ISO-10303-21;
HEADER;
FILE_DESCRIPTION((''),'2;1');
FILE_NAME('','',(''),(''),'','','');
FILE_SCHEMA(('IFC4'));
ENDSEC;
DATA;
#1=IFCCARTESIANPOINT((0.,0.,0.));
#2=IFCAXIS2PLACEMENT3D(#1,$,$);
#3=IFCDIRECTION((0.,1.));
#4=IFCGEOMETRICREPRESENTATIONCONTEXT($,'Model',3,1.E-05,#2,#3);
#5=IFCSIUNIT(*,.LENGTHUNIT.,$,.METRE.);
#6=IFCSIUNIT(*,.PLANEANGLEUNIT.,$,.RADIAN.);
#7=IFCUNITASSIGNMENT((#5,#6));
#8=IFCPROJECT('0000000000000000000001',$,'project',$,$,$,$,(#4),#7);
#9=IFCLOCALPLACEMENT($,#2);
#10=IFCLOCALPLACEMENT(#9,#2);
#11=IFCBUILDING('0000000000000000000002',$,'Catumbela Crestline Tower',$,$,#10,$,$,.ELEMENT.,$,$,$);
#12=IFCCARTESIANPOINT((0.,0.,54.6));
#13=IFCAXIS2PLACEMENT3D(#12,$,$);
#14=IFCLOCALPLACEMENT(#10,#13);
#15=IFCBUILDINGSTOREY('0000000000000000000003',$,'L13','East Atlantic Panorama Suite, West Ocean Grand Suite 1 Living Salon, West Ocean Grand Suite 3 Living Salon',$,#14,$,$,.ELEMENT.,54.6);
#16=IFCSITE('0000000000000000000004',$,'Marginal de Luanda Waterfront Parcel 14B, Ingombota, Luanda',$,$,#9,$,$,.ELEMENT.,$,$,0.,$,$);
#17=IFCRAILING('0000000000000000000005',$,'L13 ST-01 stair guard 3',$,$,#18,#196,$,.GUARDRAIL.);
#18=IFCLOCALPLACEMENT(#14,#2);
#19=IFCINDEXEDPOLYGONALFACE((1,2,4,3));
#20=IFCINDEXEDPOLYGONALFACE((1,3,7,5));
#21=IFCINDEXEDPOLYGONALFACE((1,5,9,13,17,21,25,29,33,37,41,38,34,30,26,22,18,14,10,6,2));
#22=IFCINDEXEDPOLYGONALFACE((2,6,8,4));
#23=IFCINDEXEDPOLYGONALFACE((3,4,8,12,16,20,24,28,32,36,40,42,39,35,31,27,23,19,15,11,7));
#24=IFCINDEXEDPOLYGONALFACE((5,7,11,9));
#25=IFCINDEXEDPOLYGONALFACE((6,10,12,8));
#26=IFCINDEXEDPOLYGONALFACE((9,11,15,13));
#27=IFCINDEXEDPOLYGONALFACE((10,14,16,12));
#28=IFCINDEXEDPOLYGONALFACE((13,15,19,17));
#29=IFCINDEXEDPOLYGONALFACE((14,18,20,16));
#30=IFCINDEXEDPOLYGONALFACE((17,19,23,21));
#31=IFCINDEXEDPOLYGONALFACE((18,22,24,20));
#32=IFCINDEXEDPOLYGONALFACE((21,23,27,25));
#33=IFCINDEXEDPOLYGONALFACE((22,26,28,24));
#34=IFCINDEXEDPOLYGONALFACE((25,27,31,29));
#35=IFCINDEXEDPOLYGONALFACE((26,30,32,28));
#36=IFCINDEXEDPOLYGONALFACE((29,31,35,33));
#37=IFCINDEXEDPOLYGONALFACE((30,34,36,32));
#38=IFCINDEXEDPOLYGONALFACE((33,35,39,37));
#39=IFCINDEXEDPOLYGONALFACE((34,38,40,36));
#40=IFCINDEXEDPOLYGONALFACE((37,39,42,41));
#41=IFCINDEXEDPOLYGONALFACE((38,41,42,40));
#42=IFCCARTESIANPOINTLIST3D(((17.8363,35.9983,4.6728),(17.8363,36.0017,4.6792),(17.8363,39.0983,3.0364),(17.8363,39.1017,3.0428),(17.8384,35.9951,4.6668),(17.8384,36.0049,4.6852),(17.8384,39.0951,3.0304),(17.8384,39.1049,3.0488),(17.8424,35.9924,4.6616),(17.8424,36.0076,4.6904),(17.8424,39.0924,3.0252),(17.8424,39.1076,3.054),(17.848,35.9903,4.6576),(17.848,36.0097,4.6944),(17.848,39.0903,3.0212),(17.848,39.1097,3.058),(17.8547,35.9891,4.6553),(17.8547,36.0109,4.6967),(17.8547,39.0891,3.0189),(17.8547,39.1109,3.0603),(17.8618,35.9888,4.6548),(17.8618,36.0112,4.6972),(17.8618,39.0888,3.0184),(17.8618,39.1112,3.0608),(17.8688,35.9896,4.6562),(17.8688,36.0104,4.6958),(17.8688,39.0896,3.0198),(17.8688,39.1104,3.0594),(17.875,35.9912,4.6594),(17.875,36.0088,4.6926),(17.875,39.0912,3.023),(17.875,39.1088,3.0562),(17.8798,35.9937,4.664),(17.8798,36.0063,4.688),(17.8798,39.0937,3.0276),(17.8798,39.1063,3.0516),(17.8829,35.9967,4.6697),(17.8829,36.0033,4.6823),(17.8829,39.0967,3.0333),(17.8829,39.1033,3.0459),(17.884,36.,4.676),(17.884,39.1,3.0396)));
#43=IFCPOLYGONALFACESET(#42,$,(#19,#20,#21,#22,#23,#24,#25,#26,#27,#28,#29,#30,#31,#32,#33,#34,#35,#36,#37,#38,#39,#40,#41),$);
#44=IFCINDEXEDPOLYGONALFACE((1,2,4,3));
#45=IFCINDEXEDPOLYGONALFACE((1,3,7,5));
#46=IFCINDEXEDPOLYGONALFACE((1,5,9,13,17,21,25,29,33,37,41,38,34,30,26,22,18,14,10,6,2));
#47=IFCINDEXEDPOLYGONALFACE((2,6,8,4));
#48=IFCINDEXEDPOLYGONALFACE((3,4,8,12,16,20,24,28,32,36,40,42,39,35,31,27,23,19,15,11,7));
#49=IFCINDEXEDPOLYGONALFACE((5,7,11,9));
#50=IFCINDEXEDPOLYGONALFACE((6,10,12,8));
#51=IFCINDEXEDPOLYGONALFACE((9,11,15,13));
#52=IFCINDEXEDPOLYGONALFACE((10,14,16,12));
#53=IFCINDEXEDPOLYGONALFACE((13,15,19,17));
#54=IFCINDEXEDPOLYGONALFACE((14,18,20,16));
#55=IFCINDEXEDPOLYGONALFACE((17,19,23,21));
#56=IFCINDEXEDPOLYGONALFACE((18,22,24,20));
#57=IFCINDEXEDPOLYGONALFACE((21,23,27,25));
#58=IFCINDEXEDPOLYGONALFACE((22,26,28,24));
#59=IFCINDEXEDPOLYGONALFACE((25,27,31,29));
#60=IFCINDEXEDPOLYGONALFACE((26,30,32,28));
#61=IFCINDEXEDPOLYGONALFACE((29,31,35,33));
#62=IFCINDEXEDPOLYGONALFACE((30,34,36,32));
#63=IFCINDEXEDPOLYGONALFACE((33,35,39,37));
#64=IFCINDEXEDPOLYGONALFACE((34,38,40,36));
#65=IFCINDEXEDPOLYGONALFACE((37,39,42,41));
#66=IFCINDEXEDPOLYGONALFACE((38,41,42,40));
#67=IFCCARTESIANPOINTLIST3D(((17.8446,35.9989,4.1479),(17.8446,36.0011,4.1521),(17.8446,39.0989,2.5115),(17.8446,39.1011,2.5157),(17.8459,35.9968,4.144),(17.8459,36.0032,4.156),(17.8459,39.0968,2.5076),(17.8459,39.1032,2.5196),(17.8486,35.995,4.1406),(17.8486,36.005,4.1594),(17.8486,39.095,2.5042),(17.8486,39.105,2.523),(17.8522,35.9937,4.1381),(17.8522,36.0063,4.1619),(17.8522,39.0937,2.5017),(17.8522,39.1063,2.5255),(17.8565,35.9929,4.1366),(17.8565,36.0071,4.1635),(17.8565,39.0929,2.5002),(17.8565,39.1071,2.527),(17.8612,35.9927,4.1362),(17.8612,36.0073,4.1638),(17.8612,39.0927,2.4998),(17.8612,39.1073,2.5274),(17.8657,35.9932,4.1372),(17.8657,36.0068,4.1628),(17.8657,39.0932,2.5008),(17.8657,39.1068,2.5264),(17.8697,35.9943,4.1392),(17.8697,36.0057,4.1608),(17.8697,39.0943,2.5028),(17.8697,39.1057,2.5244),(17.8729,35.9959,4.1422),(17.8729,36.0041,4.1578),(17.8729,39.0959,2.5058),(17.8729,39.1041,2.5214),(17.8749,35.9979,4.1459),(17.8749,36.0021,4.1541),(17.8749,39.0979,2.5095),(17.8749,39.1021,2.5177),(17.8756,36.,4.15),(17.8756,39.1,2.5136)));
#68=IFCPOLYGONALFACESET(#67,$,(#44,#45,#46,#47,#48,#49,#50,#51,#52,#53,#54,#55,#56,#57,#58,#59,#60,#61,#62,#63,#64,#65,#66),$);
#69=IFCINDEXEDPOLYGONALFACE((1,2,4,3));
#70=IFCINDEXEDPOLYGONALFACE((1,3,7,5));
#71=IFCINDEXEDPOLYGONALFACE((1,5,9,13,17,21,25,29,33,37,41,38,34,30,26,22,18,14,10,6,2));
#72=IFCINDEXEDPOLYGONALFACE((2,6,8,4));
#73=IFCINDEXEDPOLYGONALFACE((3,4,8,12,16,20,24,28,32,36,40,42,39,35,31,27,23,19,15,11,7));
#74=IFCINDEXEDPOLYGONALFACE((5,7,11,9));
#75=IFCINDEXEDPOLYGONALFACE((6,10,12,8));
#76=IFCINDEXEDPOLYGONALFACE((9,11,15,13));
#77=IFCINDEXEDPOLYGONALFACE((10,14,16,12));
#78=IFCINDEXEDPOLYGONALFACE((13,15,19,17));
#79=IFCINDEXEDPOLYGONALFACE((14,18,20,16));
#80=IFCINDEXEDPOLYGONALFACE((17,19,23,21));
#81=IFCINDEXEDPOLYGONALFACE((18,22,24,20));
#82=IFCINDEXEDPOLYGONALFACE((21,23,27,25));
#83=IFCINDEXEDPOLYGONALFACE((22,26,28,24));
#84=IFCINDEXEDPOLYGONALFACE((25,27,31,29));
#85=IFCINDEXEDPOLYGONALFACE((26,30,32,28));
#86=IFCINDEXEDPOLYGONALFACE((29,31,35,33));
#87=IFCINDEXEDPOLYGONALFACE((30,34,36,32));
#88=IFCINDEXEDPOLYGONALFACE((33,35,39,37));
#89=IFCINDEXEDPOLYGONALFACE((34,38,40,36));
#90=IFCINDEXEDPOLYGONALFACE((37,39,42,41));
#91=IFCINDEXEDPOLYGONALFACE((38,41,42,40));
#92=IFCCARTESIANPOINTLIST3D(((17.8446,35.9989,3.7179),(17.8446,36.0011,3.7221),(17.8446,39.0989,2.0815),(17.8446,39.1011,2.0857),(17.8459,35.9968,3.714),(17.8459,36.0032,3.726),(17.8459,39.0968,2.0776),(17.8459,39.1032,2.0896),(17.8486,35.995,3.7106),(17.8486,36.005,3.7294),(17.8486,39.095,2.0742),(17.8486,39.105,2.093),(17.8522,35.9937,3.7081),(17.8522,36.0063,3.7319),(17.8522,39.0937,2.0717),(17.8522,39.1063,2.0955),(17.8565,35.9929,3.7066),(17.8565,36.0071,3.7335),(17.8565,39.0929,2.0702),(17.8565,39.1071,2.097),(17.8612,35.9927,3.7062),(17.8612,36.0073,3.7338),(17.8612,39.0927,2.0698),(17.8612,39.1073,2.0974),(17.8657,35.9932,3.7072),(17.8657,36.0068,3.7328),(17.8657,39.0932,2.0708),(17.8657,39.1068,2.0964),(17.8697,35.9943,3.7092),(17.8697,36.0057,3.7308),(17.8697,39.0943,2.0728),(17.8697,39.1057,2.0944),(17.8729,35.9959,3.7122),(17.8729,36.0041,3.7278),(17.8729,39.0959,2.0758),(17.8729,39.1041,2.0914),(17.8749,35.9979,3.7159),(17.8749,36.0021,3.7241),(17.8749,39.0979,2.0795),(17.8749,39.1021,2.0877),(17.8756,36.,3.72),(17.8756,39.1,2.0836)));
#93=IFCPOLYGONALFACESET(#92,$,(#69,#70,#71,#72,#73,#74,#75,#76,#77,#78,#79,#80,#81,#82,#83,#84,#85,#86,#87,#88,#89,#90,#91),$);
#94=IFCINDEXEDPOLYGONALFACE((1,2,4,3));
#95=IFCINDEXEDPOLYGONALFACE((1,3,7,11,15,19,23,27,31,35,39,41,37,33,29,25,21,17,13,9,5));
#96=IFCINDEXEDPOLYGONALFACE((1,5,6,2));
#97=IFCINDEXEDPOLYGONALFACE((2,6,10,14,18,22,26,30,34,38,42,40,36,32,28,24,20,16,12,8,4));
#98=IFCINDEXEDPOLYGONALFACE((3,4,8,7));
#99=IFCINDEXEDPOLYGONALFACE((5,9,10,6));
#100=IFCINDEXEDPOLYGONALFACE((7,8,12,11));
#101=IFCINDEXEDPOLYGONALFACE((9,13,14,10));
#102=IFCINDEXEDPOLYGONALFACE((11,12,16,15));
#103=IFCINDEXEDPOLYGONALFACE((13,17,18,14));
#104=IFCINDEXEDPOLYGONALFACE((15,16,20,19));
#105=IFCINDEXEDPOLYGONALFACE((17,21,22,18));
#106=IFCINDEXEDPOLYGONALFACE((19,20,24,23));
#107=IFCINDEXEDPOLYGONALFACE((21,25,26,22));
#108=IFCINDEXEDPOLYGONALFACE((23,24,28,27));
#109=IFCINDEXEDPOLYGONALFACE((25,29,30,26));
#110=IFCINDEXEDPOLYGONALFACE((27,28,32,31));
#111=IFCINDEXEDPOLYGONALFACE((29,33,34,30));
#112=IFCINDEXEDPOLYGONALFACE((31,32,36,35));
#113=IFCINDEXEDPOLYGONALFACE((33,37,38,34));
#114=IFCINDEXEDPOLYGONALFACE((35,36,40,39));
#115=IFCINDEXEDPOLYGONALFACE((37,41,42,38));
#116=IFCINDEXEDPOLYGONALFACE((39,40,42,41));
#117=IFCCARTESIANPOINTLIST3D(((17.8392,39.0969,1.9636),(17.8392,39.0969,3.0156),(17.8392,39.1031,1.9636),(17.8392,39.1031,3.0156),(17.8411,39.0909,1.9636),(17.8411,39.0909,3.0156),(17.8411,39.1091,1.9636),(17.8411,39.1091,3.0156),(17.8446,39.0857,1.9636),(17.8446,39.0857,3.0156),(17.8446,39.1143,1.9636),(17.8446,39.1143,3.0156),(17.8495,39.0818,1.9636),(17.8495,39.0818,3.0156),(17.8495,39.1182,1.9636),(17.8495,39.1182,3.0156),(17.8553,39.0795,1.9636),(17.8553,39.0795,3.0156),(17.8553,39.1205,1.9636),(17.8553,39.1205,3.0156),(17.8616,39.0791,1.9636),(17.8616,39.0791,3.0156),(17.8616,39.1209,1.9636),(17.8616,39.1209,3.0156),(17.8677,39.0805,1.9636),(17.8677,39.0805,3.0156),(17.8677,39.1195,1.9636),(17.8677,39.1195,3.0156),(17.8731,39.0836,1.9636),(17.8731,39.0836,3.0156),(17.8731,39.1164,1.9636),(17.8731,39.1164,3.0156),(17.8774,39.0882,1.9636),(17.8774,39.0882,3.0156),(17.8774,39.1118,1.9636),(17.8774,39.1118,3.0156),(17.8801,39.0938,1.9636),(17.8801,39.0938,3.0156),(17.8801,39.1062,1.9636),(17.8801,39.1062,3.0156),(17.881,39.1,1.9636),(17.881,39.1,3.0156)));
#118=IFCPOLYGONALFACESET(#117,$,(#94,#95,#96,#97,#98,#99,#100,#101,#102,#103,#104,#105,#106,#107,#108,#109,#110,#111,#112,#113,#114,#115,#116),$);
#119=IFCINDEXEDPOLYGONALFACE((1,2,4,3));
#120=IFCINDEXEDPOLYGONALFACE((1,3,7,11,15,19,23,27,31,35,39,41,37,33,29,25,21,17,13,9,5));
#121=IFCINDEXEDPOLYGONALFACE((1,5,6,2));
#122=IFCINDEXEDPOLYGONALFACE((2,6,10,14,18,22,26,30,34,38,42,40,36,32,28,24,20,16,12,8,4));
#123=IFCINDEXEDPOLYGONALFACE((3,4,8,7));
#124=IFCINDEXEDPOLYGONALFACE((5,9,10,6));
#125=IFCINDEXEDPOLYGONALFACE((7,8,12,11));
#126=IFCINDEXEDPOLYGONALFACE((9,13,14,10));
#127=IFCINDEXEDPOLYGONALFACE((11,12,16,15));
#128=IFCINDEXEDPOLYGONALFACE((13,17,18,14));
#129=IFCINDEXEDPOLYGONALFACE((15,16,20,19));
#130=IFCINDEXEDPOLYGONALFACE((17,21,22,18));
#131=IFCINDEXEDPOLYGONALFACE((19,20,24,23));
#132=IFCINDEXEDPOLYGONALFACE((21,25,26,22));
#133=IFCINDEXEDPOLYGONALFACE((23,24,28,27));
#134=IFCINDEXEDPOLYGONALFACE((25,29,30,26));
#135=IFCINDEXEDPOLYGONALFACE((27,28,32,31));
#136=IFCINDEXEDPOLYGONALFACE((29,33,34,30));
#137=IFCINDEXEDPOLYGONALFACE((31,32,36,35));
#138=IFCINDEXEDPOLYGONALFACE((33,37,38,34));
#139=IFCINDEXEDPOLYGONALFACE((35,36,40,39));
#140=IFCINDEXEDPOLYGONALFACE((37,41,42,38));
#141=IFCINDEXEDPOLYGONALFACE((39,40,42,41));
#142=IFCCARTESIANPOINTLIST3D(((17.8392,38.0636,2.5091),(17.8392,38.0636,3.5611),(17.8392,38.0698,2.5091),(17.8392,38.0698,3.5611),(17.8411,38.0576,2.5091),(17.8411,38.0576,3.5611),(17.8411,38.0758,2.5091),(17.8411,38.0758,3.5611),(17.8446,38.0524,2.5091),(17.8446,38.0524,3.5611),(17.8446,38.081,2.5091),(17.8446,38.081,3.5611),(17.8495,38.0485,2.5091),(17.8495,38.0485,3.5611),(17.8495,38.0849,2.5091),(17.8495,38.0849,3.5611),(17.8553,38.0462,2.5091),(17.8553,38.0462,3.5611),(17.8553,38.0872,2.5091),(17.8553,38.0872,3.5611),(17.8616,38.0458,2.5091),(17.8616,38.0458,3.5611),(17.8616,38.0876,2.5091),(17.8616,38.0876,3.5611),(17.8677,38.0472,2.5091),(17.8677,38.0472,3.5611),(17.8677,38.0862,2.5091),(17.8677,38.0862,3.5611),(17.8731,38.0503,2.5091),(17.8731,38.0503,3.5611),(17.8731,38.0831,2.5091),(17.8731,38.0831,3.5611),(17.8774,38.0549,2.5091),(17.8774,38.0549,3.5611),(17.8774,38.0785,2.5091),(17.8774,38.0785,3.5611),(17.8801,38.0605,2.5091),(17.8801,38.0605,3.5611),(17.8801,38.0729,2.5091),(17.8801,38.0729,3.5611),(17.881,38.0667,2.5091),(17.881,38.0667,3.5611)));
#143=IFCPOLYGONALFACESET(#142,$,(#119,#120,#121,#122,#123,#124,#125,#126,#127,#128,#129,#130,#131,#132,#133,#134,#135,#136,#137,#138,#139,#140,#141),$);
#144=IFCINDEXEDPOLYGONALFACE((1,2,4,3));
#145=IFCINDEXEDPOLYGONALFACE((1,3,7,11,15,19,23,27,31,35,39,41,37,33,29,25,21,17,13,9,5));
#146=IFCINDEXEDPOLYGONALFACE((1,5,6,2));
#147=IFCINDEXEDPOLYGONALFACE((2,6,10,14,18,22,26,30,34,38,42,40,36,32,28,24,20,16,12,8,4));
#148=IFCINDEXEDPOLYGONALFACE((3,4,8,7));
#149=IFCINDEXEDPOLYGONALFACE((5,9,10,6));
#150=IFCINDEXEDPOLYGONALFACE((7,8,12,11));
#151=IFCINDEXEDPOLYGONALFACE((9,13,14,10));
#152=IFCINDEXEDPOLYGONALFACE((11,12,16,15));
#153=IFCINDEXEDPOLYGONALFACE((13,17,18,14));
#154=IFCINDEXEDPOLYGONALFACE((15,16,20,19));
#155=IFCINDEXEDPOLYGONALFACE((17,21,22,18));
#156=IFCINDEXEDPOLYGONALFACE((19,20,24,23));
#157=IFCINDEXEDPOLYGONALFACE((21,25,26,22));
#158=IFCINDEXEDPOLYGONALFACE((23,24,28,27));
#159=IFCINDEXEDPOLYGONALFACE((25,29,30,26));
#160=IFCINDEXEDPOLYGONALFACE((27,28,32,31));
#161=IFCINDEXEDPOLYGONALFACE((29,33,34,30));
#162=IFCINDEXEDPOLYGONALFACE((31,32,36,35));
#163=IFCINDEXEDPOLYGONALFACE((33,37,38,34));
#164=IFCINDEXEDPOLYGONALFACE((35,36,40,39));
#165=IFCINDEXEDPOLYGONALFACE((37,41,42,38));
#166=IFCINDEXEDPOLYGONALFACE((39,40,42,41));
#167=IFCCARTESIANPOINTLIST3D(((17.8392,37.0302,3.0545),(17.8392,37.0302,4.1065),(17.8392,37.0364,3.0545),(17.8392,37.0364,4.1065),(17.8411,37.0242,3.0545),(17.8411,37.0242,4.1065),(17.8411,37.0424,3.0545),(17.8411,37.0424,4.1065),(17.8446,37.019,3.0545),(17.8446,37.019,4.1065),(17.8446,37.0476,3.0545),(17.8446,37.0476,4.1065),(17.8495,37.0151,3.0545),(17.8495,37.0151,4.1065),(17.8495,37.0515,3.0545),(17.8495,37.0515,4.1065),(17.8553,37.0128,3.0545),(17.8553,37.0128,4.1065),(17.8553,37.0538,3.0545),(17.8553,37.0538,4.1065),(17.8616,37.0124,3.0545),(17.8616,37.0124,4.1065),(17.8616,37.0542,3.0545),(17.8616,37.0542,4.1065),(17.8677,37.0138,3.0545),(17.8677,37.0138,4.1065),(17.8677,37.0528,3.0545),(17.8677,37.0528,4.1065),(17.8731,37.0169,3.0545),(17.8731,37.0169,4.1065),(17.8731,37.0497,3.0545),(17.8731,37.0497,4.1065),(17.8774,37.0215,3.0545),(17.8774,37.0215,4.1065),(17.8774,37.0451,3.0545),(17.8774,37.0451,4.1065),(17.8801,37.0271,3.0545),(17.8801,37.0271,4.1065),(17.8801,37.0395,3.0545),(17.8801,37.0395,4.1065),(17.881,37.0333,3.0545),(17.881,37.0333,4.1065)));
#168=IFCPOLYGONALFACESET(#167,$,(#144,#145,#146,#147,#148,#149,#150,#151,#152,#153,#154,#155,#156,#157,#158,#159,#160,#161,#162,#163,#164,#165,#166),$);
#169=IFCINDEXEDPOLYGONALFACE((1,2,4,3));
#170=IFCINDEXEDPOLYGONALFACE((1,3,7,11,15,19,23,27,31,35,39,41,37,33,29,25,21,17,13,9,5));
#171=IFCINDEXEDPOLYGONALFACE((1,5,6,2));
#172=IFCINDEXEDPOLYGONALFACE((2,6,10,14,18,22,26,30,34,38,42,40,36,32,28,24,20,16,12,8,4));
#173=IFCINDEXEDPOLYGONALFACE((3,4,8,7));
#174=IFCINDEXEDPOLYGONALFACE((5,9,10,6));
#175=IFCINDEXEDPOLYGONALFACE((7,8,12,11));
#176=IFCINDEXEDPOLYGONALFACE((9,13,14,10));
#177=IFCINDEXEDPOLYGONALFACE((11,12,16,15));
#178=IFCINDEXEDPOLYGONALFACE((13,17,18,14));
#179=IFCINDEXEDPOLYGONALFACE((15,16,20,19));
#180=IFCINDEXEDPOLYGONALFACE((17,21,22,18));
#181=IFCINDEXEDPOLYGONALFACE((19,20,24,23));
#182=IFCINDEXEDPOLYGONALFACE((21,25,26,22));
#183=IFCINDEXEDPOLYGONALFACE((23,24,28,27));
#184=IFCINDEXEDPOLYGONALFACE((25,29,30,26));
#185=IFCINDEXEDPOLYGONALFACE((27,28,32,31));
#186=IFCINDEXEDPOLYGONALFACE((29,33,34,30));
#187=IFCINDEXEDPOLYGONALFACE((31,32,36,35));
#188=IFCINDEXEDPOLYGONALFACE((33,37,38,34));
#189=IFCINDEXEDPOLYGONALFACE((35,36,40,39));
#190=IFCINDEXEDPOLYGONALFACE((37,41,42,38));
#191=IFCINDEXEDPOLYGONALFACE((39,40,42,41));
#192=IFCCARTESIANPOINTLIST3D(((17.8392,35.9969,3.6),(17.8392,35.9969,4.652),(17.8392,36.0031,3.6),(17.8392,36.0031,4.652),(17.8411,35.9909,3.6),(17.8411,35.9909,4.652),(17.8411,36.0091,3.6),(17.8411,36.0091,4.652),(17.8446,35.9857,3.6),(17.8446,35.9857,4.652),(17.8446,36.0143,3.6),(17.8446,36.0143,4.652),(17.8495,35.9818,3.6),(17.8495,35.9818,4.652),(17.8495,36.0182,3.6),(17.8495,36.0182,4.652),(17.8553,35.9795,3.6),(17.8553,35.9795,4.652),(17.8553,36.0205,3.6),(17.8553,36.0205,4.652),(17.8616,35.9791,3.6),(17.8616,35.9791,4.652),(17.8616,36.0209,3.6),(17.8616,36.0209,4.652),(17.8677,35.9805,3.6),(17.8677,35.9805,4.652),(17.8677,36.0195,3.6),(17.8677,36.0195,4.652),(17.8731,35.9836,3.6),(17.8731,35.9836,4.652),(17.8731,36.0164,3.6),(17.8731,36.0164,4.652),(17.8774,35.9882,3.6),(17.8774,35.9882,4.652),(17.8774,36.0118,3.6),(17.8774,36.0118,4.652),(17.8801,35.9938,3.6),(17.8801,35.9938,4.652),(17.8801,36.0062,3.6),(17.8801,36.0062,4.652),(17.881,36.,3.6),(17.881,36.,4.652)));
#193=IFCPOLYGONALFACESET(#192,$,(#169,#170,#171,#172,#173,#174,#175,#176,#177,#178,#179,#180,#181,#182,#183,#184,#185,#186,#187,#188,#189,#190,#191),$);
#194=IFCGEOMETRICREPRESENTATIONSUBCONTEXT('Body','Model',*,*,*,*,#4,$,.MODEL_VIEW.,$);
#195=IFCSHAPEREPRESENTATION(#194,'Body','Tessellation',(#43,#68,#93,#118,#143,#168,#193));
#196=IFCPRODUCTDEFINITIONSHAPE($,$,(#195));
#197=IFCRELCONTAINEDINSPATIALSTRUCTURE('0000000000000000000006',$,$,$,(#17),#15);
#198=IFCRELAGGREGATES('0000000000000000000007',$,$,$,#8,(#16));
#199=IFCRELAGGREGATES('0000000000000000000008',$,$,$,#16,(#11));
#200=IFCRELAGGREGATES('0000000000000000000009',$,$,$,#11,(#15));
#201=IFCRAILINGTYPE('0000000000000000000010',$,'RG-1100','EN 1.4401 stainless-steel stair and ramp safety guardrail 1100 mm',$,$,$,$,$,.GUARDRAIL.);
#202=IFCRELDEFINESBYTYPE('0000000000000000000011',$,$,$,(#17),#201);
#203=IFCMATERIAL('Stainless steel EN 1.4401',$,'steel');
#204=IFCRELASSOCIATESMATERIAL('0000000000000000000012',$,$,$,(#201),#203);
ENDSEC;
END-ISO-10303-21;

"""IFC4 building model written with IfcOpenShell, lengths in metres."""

from ifc_helpers import new_model, si_unit, direction, frame, origin, origin_2d, place, context, subcontext, project, spatial, circle, extrude, material, type_object, element, save


model = new_model("IFC4")

# Units and contexts
model_context = context("Model", 3, precision=1e-05, world=origin(), true_north=direction((0.0, 1.0)))
body_context = subcontext(model_context, "Body", "Model", "MODEL_VIEW")
ifc_project = project(units=[si_unit("LENGTHUNIT", "METRE"), si_unit("PLANEANGLEUNIT", "RADIAN")], contexts=[model_context])

# Site, building, storey
site_placement = place(None, origin())
site = spatial("IfcSite", under=ifc_project, at=site_placement, Name="Marginal de Luanda Waterfront Parcel 14B, Ingombota, Luanda", CompositionType="ELEMENT", RefElevation=0.0)
building_placement = place(site_placement, origin())
building = spatial("IfcBuilding", under=site, at=building_placement, Name="Catumbela Crestline Tower", CompositionType="ELEMENT")
storey_placement = place(building_placement, frame((0.0, 0.0, 54.6)))
storey = spatial("IfcBuildingStorey", under=building, at=storey_placement, Name="L13", Description="East Atlantic Panorama Suite, West Ocean Grand Suite 1 Living Salon, West Ocean Grand Suite 3 Living Salon", CompositionType="ELEMENT", Elevation=54.6)

# Railing
ifc_material_1 = material(Name="Stainless steel EN 1.4401", Category="steel")
railing_type_1 = type_object("IfcRailingType", Name="RG-1100", Description="EN 1.4401 stainless-steel stair and ramp safety guardrail 1100 mm", PredefinedType="GUARDRAIL", material=ifc_material_1)
railing_1_placement = place(storey_placement, frame((17.86, 39.1, 1.9636)))
element("IfcRailing", 1, at=railing_1_placement, inside=storey, type_object=railing_type_1, Name="L13 ST-01 stair guard 3", PredefinedType="GUARDRAIL", context=body_context, shape_type="SweptSolid", body=[
    extrude(circle(Radius=0.024, at=origin_2d()), frame((0.0, 0.0, 1.076), z_axis=(0.0, -0.884351, 0.466823), x_axis=(1.0, 0.0, 0.0)), (0.0, 0.0, 1.0), 3.5054),
    extrude(circle(Radius=0.0156, at=origin_2d()), frame((0.0, 0.0, 0.55), z_axis=(0.0, -0.884351, 0.466823), x_axis=(1.0, 0.0, 0.0)), (0.0, 0.0, 1.0), 3.5054),
    extrude(circle(Radius=0.0156, at=origin_2d()), frame((0.0, 0.0, 0.12), z_axis=(0.0, -0.884351, 0.466823), x_axis=(1.0, 0.0, 0.0)), (0.0, 0.0, 1.0), 3.5054),
    extrude(circle(Radius=0.021, at=origin_2d()), origin(), (0.0, 0.0, 1.0), 1.052),
    extrude(circle(Radius=0.021, at=origin_2d()), frame((0.0, -1.0333, 0.5455)), (0.0, 0.0, 1.0), 1.052),
    extrude(circle(Radius=0.021, at=origin_2d()), frame((0.0, -2.0667, 1.0909)), (0.0, 0.0, 1.0), 1.052),
    extrude(circle(Radius=0.021, at=origin_2d()), frame((0.0, -3.1, 1.6364)), (0.0, 0.0, 1.0), 1.052),
])

save(model, "model.ifc")
